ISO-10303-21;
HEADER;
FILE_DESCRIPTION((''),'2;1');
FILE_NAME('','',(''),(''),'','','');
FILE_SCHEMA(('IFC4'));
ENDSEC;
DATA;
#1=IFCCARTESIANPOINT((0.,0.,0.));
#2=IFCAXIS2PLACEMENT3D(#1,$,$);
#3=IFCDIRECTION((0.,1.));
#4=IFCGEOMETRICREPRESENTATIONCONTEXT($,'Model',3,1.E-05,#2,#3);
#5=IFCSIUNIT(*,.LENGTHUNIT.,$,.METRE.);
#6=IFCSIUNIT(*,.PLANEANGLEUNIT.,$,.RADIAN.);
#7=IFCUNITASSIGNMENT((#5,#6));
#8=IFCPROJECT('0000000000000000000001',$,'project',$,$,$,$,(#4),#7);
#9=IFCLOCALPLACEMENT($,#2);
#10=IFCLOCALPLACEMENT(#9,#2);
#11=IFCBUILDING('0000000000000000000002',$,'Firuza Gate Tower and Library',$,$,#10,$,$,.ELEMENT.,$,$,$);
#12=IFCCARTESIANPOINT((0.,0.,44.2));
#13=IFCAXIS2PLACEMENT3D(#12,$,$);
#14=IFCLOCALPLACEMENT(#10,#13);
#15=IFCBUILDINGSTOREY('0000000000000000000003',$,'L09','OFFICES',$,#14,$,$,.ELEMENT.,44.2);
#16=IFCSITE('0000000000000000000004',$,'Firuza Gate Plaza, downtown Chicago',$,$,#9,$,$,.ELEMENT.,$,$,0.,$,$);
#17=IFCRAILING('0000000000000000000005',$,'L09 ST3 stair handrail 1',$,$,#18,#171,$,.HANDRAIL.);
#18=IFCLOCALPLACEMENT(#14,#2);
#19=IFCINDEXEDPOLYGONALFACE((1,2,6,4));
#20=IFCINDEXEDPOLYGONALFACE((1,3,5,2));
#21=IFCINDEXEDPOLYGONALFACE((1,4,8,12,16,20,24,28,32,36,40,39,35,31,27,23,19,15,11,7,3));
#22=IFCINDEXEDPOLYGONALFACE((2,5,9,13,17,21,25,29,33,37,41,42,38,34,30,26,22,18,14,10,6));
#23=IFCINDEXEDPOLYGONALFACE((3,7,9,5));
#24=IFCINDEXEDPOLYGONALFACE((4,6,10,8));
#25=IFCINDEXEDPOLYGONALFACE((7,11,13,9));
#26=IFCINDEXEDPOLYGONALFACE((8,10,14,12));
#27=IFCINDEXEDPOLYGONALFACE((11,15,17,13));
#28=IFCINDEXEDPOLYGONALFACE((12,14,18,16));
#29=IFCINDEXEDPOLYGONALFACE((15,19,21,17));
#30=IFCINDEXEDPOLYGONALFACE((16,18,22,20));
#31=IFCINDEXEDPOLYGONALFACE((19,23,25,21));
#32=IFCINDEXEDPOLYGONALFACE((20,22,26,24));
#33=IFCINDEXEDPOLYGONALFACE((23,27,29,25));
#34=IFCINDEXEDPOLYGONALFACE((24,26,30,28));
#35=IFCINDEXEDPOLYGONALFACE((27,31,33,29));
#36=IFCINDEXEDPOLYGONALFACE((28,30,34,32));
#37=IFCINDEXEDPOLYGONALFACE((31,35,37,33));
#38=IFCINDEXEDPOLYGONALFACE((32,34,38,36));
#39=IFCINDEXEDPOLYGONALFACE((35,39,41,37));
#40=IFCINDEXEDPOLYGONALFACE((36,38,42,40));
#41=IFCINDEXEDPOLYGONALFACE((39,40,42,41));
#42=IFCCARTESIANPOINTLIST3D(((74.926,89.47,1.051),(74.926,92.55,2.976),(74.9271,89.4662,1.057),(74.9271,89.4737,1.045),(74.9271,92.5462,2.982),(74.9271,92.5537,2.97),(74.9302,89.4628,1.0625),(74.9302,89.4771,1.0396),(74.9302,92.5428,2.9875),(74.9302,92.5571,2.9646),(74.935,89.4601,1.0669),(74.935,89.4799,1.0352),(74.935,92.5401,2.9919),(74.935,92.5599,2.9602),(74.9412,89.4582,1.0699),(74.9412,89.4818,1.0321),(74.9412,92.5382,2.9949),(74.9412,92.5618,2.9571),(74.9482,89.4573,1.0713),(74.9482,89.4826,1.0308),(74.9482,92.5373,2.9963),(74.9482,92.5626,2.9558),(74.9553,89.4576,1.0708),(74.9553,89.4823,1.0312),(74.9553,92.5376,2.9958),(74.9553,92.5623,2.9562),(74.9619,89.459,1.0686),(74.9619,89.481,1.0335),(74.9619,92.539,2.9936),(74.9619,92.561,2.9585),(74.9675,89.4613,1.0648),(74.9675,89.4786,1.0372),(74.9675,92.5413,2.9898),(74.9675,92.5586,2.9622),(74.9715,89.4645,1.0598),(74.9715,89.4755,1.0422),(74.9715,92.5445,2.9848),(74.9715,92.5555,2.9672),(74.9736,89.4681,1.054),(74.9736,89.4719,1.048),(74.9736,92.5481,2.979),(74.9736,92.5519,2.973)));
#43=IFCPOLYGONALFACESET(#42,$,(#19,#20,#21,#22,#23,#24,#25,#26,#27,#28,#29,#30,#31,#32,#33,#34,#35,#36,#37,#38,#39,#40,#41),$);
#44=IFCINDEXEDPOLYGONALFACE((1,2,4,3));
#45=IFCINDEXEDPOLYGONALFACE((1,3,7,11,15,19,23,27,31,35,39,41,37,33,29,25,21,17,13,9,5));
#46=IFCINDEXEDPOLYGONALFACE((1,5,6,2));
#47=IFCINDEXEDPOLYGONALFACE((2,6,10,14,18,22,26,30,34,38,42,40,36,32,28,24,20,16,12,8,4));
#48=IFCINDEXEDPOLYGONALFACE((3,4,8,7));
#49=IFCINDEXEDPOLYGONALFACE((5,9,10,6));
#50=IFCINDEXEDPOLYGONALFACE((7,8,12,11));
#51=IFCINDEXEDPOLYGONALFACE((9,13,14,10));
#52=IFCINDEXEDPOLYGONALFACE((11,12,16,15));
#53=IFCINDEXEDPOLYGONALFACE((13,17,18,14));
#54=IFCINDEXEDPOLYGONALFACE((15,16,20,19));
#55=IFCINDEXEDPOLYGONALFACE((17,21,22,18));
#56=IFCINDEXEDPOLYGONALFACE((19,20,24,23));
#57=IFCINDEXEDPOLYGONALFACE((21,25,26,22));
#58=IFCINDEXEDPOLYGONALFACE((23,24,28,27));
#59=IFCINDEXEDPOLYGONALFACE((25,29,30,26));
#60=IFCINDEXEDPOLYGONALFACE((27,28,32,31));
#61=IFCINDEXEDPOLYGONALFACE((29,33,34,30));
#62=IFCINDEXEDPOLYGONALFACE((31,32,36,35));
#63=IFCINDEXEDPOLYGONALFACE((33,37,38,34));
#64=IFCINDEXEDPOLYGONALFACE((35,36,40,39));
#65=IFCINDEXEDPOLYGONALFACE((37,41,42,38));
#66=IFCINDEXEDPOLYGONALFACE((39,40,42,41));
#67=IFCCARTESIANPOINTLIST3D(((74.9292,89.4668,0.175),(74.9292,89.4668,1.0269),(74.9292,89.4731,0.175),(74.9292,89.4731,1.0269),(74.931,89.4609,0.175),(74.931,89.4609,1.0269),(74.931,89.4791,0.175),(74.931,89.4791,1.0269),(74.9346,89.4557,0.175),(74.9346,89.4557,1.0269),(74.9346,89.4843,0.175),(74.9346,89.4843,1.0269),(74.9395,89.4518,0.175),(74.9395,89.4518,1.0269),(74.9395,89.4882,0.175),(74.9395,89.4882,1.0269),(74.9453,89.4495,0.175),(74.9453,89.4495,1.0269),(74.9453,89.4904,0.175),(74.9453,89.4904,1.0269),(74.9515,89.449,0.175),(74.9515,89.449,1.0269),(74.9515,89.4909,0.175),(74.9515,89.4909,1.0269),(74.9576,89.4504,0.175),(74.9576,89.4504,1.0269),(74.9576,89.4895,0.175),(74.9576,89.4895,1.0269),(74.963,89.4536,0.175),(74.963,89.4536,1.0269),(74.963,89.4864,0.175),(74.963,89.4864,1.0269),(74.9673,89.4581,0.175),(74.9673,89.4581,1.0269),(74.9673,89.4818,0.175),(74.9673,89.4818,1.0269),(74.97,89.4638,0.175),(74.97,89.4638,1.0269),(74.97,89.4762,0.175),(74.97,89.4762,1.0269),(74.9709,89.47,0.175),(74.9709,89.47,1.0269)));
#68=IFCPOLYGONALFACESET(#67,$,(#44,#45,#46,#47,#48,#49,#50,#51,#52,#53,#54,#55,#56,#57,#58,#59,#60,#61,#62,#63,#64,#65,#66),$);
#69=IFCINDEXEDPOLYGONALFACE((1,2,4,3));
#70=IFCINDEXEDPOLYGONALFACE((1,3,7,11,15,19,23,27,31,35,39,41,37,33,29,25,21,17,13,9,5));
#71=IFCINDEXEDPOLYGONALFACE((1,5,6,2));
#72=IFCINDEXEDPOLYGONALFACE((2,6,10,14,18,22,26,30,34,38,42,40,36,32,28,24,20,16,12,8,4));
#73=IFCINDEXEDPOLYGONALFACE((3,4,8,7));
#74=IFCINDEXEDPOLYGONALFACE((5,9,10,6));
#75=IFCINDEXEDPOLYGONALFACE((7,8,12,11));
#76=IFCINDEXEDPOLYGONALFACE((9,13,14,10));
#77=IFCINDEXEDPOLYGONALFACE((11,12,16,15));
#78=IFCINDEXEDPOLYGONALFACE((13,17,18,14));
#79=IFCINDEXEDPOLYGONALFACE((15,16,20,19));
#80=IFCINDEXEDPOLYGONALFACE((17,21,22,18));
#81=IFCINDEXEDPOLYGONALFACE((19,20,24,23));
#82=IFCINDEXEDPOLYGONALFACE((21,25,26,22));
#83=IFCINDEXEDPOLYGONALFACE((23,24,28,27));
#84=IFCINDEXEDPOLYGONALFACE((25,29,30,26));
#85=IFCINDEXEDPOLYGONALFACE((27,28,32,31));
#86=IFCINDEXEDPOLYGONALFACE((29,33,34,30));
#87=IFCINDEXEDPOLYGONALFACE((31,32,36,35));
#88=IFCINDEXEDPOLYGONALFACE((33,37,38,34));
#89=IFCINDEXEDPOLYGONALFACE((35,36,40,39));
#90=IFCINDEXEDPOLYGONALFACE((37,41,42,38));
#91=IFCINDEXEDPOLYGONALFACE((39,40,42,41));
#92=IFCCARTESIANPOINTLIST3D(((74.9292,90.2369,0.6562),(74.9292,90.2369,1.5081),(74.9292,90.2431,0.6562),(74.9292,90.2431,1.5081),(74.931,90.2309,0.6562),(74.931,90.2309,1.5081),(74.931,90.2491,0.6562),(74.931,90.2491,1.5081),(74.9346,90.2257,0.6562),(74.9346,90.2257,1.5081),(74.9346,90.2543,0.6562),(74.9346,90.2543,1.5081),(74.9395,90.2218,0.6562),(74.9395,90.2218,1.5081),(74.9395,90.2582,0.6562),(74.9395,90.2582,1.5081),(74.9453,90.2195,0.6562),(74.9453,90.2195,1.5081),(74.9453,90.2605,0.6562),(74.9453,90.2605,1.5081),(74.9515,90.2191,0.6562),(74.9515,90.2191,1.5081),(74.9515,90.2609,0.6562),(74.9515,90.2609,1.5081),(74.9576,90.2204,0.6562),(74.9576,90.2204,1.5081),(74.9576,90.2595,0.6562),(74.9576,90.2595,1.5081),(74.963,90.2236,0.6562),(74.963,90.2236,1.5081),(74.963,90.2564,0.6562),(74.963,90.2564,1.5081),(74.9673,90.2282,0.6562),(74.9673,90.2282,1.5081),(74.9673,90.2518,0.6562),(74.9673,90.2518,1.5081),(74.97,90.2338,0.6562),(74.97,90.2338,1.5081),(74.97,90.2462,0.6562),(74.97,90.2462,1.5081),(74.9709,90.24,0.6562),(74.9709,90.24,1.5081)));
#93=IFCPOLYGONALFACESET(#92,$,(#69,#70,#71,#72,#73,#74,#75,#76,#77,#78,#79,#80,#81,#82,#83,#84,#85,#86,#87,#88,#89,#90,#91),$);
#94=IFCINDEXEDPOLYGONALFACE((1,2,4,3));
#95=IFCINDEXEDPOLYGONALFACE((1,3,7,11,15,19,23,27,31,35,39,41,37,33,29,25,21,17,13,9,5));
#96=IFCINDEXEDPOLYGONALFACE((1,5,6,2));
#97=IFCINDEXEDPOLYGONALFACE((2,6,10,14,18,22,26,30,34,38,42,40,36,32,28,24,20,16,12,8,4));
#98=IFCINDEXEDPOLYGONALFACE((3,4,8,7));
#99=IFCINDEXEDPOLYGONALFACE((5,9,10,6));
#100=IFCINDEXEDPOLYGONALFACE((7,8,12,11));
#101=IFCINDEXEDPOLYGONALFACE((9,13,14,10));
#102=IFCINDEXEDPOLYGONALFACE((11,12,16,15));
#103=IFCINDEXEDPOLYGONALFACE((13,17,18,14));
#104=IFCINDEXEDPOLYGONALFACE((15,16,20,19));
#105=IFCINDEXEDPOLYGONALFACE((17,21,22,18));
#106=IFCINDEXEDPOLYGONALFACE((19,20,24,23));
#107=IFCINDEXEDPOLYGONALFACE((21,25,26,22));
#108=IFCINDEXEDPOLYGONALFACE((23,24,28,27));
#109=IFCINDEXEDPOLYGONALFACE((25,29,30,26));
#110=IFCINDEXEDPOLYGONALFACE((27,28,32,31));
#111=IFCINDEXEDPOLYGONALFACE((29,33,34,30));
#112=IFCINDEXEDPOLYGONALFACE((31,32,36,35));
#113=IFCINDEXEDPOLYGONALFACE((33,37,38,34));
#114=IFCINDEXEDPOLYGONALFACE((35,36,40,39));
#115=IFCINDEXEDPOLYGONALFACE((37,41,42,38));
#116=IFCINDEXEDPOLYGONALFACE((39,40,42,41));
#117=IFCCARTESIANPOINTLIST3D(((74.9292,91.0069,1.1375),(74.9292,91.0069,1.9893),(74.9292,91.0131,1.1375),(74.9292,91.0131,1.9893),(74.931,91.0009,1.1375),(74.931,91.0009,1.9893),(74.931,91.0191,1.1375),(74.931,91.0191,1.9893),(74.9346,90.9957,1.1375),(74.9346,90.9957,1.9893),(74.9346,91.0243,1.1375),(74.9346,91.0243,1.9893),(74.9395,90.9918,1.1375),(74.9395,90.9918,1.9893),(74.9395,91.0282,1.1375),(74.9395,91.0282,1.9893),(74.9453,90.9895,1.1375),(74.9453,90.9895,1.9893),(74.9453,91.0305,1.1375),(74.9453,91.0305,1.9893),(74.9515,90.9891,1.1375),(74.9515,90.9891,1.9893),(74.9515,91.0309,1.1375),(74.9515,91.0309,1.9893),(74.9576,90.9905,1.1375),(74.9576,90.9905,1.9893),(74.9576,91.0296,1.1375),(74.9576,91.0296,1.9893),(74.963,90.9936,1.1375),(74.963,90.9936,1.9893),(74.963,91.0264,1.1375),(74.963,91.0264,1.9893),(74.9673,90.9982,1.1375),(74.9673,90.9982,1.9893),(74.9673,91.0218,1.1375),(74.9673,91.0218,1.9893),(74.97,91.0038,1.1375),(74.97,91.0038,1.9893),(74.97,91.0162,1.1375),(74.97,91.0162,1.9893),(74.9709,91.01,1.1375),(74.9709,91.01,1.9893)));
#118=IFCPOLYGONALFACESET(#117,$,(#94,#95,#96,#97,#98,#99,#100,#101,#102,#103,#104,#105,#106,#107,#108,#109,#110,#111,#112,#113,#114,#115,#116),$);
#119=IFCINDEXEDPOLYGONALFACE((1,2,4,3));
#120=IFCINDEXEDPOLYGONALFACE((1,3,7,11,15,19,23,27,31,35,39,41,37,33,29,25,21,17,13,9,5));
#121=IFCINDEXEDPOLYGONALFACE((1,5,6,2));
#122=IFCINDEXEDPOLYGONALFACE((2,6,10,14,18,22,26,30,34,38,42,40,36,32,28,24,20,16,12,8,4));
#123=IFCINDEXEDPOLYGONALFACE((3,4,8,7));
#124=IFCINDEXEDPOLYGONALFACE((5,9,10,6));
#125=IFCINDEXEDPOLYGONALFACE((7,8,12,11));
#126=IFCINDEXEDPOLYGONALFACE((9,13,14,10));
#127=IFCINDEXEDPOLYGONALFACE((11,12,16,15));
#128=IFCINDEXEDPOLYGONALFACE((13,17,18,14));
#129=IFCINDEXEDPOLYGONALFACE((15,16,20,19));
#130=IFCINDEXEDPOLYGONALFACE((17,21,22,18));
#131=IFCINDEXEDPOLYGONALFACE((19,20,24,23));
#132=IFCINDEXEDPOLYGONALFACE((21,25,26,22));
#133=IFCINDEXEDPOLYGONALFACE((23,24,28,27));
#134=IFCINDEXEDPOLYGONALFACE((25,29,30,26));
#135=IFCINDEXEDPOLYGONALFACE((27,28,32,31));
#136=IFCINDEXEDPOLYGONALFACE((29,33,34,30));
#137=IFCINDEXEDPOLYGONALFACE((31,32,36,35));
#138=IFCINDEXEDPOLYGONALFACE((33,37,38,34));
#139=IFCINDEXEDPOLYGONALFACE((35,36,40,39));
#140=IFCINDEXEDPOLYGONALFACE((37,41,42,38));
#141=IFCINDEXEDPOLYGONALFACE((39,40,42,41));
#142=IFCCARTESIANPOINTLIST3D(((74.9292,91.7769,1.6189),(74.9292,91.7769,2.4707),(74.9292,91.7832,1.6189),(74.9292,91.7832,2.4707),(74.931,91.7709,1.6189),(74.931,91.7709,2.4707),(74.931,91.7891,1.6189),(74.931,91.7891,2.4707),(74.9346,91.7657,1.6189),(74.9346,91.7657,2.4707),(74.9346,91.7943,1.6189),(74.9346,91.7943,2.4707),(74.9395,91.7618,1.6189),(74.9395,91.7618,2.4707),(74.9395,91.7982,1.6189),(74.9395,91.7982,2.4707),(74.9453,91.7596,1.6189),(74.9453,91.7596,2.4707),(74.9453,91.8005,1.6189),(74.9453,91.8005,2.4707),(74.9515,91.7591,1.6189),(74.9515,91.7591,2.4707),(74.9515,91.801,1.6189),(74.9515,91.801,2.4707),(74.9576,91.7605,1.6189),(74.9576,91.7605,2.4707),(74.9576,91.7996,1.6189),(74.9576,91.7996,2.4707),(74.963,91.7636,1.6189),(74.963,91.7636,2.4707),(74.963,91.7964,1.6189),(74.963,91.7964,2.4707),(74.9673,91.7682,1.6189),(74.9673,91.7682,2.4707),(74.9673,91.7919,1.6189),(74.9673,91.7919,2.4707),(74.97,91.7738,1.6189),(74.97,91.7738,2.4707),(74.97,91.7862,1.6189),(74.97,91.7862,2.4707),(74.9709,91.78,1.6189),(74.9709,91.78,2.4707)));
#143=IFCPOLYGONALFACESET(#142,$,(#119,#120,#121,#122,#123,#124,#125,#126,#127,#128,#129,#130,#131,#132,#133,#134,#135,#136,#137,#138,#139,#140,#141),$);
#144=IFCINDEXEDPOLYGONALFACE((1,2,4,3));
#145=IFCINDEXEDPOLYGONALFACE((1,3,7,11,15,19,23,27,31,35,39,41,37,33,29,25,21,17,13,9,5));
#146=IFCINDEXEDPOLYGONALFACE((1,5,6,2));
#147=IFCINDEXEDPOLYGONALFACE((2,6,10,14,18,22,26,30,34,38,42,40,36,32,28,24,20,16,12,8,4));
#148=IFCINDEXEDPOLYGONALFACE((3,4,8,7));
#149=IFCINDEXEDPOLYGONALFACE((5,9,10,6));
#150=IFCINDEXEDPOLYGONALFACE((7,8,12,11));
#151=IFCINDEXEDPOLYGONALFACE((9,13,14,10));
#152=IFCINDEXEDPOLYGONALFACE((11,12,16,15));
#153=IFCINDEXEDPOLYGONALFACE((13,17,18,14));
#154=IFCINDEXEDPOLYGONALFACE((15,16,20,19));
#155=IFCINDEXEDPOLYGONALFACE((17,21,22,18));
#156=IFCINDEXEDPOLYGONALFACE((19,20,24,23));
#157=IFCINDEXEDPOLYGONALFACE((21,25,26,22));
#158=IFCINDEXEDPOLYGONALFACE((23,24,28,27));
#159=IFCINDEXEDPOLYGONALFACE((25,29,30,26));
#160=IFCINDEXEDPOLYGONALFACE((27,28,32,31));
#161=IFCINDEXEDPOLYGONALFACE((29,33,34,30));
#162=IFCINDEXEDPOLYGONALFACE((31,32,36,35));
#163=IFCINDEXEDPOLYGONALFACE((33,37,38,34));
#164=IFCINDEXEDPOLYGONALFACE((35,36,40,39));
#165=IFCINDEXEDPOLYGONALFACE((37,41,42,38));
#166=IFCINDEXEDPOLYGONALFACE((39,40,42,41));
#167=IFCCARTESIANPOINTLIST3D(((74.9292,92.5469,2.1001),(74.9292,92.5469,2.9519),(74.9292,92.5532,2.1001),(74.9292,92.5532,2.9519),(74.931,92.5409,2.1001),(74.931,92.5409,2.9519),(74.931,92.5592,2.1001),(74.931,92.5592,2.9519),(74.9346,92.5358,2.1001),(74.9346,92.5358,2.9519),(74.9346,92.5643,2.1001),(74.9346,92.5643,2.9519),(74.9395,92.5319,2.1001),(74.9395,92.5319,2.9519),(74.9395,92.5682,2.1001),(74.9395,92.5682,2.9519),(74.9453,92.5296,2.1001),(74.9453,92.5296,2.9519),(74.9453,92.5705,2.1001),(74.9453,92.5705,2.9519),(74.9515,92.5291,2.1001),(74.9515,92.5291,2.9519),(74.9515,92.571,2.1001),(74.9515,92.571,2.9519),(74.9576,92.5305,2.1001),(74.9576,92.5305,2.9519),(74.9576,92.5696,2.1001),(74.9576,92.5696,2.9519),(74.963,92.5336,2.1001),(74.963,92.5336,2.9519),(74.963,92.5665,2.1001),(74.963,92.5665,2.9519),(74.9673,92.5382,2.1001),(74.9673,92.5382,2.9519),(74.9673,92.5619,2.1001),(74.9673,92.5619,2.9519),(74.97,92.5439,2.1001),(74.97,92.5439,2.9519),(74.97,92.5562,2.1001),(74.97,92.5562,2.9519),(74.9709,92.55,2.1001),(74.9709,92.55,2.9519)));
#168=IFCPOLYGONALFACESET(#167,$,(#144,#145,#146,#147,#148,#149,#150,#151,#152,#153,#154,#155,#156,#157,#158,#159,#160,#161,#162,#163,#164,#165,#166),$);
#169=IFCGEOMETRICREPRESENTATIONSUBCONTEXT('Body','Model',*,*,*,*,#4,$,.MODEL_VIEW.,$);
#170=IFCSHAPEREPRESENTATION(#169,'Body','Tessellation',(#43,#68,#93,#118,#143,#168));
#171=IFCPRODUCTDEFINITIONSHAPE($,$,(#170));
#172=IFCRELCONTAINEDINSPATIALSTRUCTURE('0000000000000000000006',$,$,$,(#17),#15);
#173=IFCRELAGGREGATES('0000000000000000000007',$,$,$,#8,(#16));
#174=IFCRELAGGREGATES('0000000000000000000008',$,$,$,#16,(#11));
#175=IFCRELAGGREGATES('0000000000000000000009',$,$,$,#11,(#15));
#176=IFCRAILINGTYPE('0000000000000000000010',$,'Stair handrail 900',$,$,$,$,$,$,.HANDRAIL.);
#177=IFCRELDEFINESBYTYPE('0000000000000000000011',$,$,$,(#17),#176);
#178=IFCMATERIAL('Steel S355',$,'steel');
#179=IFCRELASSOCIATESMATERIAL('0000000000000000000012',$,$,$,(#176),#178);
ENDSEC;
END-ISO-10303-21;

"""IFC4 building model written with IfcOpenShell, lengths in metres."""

from ifc_helpers import new_model, si_unit, direction, frame, origin, origin_2d, place, context, subcontext, project, spatial, circle, extrude, material, type_object, element, save


model = new_model("IFC4")

# Units and contexts
model_context = context("Model", 3, precision=1e-05, world=origin(), true_north=direction((0.0, 1.0)))
body_context = subcontext(model_context, "Body", "Model", "MODEL_VIEW")
ifc_project = project(units=[si_unit("LENGTHUNIT", "METRE"), si_unit("PLANEANGLEUNIT", "RADIAN")], contexts=[model_context])

# Site, building, storey
site_placement = place(None, origin())
site = spatial("IfcSite", under=ifc_project, at=site_placement, Name="Firuza Gate Plaza, downtown Chicago", CompositionType="ELEMENT", RefElevation=0.0)
building_placement = place(site_placement, origin())
building = spatial("IfcBuilding", under=site, at=building_placement, Name="Firuza Gate Tower and Library", CompositionType="ELEMENT")
storey_placement = place(building_placement, frame((0.0, 0.0, 44.2)))
storey = spatial("IfcBuildingStorey", under=building, at=storey_placement, Name="L09", Description="OFFICES", CompositionType="ELEMENT", Elevation=44.2)

# Railing
ifc_material_1 = material(Name="Steel S355", Category="steel")
railing_type_1 = type_object("IfcRailingType", Name="Stair handrail 900", PredefinedType="HANDRAIL", material=ifc_material_1)
railing_1_placement = place(storey_placement, frame((74.95, 89.47, 0.175)))
element("IfcRailing", 1, at=railing_1_placement, inside=storey, type_object=railing_type_1, Name="L09 ST3 stair handrail 1", PredefinedType="HANDRAIL", context=body_context, shape_type="SweptSolid", body=[
    extrude(circle(Radius=0.0239, at=origin_2d()), frame((0.0, 0.0, 0.876), z_axis=(0.0, 0.847998, 0.529999), x_axis=(-1.0, 0.0, 0.0)), (0.0, 0.0, 1.0), 3.6321),
    extrude(circle(Radius=0.021, at=origin_2d()), origin(), (0.0, 0.0, 1.0), 0.8518),
    extrude(circle(Radius=0.021, at=origin_2d()), frame((0.0, 0.77, 0.4812)), (0.0, 0.0, 1.0), 0.8518),
    extrude(circle(Radius=0.021, at=origin_2d()), frame((0.0, 1.54, 0.9624)), (0.0, 0.0, 1.0), 0.8518),
    extrude(circle(Radius=0.021, at=origin_2d()), frame((0.0, 2.3101, 1.4438)), (0.0, 0.0, 1.0), 0.8518),
    extrude(circle(Radius=0.021, at=origin_2d()), frame((0.0, 3.0801, 1.925)), (0.0, 0.0, 1.0), 0.8518),
])

save(model, "model.ifc")
